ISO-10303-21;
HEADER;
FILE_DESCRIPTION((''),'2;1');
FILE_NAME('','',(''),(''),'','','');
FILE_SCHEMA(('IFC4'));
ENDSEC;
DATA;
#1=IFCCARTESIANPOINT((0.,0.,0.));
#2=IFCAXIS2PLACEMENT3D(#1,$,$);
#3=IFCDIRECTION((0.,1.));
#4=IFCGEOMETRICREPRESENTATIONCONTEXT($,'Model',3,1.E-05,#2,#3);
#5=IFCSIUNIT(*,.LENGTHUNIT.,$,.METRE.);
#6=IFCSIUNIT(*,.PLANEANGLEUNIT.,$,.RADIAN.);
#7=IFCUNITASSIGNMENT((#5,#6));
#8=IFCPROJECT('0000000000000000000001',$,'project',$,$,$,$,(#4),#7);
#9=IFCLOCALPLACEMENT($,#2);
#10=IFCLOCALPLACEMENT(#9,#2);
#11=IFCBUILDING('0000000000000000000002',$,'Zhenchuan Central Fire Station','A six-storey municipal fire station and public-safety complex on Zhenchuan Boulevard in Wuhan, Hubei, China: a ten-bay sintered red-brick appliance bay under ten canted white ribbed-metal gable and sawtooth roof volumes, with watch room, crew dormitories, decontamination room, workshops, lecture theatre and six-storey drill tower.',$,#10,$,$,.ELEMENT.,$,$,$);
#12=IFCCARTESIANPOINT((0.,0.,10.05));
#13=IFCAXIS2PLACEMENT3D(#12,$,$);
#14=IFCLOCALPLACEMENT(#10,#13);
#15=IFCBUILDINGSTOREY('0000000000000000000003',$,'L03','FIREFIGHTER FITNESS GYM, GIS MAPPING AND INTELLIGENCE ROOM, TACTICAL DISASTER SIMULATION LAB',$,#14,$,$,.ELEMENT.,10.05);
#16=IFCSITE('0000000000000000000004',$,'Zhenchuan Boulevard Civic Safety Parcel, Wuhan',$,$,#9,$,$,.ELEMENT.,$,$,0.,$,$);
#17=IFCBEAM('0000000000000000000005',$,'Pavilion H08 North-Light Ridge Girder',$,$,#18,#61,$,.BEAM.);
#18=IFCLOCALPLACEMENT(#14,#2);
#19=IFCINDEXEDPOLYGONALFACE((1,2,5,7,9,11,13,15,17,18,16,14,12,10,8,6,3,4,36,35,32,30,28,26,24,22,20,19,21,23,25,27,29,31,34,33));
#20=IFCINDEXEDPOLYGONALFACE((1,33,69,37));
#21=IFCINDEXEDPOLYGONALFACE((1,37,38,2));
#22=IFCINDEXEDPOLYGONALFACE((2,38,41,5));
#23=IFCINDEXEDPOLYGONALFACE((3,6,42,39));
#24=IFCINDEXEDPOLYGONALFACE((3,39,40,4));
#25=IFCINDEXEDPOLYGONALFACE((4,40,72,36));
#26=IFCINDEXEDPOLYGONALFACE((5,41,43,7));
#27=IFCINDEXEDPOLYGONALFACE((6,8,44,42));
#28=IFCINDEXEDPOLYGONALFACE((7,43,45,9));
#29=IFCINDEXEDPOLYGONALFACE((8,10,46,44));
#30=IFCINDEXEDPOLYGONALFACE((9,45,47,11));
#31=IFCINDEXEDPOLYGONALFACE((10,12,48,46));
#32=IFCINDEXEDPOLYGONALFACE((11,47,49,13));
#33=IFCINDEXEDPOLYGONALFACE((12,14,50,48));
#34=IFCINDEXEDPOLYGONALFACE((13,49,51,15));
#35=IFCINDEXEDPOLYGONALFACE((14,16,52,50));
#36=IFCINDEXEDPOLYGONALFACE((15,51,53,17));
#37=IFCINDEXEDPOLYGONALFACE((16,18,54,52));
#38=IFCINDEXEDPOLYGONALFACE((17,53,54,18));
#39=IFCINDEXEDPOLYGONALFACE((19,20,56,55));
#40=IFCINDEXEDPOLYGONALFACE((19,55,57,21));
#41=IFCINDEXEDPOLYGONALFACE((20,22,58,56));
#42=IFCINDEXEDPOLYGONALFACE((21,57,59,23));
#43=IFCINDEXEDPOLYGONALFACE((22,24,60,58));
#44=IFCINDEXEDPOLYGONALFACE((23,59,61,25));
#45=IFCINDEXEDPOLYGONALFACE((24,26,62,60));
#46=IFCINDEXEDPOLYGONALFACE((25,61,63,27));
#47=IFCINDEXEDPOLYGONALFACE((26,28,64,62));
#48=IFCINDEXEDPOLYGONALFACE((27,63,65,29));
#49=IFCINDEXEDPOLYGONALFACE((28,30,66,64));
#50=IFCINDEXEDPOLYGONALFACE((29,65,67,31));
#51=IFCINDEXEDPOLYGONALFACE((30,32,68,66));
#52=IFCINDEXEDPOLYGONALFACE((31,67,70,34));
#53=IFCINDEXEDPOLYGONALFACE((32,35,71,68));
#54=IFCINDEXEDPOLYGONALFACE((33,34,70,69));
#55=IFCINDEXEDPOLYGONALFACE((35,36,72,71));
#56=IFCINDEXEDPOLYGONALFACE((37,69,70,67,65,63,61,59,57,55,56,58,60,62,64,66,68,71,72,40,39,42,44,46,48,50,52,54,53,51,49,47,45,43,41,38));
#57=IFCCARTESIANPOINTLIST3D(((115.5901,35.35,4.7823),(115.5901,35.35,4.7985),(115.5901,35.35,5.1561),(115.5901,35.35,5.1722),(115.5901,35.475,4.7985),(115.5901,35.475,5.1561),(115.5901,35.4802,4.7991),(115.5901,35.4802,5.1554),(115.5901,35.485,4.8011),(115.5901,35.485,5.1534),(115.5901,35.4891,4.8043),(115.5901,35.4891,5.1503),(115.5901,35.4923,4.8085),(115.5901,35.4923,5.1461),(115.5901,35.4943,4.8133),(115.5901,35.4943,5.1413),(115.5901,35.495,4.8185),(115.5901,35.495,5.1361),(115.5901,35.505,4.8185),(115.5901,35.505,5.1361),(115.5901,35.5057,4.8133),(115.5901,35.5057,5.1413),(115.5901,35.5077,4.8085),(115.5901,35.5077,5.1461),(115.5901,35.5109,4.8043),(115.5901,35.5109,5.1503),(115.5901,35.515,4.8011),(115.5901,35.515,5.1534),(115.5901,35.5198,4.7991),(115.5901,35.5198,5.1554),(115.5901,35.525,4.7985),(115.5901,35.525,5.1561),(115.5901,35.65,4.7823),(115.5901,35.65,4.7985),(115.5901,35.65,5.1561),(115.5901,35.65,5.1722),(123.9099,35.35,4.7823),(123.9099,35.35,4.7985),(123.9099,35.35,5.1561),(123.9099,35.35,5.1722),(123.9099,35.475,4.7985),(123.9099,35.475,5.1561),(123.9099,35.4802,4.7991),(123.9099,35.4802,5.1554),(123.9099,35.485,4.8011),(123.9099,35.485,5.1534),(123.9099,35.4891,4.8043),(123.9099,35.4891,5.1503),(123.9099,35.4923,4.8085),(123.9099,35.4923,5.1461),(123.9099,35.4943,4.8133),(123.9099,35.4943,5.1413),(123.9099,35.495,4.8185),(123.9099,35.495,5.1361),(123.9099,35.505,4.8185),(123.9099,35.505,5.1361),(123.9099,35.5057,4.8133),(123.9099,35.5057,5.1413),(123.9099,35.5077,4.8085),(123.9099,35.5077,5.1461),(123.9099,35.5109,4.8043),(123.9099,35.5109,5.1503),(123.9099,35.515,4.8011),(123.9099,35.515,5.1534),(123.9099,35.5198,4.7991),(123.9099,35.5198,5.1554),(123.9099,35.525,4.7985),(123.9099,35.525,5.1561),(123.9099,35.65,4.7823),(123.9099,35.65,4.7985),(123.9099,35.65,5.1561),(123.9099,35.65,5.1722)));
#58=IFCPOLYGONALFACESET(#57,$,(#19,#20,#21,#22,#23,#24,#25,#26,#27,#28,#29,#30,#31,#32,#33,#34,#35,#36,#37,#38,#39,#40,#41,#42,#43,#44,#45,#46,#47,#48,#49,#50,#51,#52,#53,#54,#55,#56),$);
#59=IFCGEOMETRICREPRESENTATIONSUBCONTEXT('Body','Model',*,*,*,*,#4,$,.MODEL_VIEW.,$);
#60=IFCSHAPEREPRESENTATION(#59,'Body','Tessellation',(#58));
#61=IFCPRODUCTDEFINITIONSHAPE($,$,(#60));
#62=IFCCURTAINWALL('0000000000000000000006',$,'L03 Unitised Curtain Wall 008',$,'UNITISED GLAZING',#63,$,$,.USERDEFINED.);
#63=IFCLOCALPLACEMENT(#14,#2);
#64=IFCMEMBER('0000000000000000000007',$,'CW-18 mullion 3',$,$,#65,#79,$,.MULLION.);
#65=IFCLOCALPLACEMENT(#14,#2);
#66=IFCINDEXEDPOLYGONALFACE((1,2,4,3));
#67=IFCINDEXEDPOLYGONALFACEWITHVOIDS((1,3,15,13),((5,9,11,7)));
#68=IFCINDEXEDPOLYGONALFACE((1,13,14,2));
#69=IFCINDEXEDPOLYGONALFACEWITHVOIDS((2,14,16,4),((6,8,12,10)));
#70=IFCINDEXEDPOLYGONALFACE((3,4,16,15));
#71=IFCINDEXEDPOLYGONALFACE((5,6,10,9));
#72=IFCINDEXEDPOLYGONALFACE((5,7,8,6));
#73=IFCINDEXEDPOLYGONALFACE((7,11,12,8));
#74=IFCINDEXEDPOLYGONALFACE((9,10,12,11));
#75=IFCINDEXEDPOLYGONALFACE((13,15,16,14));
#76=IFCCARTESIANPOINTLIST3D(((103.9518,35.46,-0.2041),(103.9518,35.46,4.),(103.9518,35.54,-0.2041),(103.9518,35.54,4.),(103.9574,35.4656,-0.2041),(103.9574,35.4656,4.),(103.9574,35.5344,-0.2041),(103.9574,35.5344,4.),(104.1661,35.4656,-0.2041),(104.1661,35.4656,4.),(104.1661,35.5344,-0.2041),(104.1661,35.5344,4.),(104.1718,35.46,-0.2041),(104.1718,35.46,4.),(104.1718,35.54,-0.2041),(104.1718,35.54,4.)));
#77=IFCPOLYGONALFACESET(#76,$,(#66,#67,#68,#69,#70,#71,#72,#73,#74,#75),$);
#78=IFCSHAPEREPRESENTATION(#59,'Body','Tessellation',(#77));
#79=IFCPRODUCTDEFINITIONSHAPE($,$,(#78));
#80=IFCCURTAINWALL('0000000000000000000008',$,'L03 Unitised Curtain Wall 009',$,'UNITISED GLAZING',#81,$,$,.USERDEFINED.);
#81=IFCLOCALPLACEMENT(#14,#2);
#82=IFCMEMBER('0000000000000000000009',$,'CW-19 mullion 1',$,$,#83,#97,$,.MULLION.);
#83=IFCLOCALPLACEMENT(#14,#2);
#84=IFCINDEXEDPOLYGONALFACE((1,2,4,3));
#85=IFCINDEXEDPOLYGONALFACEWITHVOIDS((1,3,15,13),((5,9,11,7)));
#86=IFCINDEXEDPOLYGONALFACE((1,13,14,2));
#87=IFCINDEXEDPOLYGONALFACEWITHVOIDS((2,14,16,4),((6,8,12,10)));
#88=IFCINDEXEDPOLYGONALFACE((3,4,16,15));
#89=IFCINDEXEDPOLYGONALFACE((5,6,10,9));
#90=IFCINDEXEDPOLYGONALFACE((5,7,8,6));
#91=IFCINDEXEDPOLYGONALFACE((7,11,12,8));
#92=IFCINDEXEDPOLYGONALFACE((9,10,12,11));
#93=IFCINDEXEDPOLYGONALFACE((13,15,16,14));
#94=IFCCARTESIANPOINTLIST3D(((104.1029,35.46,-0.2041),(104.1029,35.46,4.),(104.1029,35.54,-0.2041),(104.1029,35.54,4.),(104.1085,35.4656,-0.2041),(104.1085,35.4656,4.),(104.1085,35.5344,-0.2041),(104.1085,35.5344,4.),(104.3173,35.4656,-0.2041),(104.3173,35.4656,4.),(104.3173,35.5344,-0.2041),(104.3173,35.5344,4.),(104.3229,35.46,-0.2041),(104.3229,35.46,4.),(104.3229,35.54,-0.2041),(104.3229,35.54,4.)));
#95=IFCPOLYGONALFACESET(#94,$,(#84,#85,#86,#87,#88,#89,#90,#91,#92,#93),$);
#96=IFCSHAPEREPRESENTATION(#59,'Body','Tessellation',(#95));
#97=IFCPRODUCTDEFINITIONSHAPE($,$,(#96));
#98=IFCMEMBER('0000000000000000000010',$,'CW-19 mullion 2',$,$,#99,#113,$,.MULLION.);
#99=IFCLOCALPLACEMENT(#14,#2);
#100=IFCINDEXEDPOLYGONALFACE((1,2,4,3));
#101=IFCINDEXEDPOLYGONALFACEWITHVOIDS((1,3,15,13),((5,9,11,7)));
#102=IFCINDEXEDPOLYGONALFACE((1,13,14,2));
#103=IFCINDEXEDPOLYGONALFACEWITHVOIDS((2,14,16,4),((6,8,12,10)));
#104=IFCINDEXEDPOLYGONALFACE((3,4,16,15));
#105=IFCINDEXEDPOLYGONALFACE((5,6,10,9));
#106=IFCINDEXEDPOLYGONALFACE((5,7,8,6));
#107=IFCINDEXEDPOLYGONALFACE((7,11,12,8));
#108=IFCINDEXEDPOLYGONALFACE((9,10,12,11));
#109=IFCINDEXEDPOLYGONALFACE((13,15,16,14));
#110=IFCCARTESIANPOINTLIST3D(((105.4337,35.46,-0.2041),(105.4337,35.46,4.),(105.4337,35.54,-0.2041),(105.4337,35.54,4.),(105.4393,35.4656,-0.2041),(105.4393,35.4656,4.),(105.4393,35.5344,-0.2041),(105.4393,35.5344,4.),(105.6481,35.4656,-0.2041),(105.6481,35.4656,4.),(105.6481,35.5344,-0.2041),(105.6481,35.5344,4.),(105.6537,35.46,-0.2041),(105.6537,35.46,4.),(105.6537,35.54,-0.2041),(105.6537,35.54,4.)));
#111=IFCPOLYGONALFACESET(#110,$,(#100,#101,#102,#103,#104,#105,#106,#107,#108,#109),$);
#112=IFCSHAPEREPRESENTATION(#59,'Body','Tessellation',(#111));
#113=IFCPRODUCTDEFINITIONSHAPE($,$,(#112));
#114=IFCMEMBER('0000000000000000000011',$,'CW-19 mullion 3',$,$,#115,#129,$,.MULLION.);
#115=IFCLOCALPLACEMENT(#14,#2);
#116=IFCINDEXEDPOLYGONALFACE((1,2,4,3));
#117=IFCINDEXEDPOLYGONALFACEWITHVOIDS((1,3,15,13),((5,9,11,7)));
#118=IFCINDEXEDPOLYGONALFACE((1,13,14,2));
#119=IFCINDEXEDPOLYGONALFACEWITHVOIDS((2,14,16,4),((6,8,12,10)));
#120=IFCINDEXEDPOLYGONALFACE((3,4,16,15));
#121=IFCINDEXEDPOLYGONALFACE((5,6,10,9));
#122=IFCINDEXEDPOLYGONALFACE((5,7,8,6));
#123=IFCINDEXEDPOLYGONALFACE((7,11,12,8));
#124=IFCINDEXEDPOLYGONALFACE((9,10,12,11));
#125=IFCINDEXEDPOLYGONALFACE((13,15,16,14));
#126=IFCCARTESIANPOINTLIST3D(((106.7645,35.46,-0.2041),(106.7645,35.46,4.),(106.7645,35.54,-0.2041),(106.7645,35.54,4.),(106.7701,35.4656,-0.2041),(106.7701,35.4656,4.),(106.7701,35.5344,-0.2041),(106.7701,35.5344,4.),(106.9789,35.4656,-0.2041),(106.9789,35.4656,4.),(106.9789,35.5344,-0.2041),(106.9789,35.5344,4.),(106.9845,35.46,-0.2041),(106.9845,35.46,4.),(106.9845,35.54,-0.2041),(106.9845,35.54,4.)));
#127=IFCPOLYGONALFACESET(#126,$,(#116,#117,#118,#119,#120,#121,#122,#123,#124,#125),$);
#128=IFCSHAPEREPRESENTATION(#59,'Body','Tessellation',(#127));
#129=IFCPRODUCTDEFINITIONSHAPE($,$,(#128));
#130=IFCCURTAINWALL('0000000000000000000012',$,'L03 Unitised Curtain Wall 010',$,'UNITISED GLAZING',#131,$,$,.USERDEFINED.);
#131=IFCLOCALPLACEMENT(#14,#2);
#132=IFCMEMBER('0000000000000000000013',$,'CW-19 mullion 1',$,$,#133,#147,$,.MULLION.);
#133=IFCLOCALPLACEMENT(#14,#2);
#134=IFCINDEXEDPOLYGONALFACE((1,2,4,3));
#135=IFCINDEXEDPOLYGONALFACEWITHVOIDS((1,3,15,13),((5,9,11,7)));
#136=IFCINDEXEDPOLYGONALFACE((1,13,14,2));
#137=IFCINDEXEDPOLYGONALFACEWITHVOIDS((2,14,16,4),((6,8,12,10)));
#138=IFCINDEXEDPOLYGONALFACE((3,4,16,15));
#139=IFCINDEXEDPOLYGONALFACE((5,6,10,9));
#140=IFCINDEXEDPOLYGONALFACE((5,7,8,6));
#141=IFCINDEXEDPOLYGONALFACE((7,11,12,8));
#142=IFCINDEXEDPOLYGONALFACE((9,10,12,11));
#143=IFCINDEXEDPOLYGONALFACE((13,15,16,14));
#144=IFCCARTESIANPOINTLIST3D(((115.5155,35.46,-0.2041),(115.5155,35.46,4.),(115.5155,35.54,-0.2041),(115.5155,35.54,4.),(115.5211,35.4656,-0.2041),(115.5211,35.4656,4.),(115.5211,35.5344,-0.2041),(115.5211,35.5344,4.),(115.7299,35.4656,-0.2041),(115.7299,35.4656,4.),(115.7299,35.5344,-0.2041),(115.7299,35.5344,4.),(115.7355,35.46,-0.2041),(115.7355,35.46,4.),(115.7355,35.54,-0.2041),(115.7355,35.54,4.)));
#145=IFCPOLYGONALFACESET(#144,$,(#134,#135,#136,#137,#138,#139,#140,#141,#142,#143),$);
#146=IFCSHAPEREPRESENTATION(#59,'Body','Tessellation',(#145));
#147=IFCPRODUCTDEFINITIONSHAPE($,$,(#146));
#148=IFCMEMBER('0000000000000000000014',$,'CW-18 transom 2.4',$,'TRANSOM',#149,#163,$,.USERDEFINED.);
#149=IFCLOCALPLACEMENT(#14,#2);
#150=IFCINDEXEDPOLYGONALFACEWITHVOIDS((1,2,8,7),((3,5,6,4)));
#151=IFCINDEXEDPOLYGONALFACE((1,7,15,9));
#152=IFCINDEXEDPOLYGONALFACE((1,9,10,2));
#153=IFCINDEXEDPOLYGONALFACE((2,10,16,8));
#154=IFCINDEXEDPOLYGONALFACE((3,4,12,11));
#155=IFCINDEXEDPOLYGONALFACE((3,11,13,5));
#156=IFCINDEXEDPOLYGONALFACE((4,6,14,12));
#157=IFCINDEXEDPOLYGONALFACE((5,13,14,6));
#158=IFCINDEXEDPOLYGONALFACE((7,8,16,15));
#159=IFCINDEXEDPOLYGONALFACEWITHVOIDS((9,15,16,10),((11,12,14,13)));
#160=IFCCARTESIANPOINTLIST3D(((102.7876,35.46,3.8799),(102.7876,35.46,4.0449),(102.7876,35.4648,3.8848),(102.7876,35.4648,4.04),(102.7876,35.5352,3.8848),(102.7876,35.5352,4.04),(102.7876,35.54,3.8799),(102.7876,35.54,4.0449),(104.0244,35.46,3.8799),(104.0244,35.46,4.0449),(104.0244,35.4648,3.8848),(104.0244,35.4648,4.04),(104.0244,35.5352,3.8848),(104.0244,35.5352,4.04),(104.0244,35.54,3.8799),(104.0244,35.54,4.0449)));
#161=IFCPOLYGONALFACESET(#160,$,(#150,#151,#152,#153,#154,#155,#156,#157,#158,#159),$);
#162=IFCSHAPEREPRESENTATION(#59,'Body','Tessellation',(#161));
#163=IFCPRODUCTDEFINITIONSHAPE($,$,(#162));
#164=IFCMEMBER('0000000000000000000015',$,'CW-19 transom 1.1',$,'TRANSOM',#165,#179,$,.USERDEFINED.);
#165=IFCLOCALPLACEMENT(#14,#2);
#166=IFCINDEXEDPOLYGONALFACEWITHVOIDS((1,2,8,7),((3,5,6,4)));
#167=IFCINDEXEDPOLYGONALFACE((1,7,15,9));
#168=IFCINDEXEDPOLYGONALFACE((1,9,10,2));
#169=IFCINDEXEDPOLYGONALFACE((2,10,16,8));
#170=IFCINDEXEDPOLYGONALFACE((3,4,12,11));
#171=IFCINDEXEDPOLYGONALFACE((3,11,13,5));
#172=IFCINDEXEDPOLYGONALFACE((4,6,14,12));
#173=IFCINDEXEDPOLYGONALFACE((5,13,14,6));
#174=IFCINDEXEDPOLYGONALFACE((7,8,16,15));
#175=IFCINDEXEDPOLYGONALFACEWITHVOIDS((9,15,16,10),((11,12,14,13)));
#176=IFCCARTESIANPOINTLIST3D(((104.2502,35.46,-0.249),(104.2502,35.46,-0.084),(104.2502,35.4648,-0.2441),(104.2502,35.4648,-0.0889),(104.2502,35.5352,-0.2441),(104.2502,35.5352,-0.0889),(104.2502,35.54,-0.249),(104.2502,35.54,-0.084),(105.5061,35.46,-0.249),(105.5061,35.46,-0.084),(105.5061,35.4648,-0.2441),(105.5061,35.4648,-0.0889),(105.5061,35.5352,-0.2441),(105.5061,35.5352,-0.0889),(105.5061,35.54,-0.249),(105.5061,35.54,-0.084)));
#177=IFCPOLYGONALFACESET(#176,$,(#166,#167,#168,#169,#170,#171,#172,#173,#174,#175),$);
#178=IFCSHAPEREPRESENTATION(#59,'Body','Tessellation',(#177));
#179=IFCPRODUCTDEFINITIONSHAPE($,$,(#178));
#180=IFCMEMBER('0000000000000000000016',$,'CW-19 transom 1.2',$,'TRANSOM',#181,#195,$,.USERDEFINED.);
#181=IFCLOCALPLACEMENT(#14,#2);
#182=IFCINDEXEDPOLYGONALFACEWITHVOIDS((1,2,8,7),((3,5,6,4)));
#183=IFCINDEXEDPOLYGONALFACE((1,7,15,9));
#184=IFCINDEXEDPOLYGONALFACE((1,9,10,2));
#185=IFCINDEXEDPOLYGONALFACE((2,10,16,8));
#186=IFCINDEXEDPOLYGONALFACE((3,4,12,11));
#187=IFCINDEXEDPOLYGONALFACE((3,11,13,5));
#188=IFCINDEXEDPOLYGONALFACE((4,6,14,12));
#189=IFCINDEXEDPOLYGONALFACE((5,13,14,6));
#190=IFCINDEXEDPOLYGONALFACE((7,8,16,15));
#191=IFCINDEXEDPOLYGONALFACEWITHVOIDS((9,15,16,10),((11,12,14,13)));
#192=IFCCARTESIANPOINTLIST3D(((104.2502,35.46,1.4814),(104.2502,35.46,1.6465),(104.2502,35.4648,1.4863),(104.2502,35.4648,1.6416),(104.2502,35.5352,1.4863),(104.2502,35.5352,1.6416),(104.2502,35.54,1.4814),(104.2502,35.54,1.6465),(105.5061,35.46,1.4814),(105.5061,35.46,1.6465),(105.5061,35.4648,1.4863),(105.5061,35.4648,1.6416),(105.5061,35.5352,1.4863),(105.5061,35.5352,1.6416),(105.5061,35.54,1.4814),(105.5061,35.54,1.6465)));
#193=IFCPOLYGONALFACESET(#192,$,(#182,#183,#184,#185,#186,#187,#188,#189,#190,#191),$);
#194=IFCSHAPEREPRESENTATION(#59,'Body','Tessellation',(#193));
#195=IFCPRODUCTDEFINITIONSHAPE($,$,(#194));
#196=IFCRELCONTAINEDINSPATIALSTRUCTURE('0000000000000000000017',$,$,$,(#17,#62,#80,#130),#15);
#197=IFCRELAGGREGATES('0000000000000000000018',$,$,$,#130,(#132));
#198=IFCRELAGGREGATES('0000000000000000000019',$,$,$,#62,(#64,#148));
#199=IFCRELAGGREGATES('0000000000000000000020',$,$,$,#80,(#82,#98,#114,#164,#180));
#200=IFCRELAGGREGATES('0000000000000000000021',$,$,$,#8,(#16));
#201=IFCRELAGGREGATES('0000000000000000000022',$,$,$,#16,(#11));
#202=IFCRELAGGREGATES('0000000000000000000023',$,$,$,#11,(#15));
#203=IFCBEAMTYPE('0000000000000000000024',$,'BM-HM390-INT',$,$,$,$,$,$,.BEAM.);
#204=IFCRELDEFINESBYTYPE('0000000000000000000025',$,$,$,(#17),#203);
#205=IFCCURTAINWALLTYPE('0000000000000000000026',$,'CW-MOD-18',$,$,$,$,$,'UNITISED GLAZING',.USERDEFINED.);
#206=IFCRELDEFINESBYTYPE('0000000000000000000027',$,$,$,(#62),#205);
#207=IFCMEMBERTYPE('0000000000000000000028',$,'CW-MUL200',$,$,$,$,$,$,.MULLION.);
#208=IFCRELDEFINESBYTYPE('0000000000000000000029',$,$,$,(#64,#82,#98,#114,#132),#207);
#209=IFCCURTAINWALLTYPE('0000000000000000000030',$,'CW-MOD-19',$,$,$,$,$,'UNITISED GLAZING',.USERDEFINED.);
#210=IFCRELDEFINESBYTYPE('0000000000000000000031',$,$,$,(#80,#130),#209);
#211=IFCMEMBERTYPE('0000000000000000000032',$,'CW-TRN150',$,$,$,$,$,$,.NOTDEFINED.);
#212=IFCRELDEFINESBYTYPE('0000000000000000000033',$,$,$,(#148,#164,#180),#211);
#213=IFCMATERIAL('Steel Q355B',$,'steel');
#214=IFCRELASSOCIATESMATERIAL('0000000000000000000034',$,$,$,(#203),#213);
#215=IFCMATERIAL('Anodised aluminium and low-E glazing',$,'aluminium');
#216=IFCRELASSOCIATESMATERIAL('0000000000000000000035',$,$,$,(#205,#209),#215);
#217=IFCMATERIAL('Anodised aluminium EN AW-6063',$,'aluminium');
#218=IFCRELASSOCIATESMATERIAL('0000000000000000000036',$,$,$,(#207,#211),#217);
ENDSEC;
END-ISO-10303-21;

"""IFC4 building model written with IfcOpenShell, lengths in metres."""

from ifc_helpers import new_model, si_unit, direction, frame, origin, origin_2d, place, context, subcontext, project, spatial, hollow_rectangle, i_section, extrude, material, material_profile, profile_set, type_object, element, aggregate, save


model = new_model("IFC4")

# Units and contexts
model_context = context("Model", 3, precision=1e-05, world=origin(), true_north=direction((0.0, 1.0)))
body_context = subcontext(model_context, "Body", "Model", "MODEL_VIEW")
ifc_project = project(units=[si_unit("LENGTHUNIT", "METRE"), si_unit("PLANEANGLEUNIT", "RADIAN")], contexts=[model_context])

# Site, building, storey
site_placement = place(None, origin())
site = spatial("IfcSite", under=ifc_project, at=site_placement, Name="Zhenchuan Boulevard Civic Safety Parcel, Wuhan", CompositionType="ELEMENT", RefElevation=0.0)
building_placement = place(site_placement, origin())
building = spatial("IfcBuilding", under=site, at=building_placement, Name="Zhenchuan Central Fire Station", Description="A six-storey municipal fire station and public-safety complex on Zhenchuan Boulevard in Wuhan, Hubei, China: a ten-bay sintered red-brick appliance bay under ten canted white ribbed-metal gable and sawtooth roof volumes, with watch room, crew dormitories, decontamination room, workshops, lecture theatre and six-storey drill tower.", CompositionType="ELEMENT")
storey_placement = place(building_placement, frame((0.0, 0.0, 10.05)))
storey = spatial("IfcBuildingStorey", under=building, at=storey_placement, Name="L03", Description="FIREFIGHTER FITNESS GYM, GIS MAPPING AND INTELLIGENCE ROOM, TACTICAL DISASTER SIMULATION LAB", CompositionType="ELEMENT", Elevation=10.05)

# Beam
ifc_material_1 = material(Name="Steel Q355B", Category="steel")
ifc_material_profile_1 = material_profile(ifc_material_1, i_section(OverallWidth=0.3, OverallDepth=0.3899, WebThickness=0.01, FlangeThickness=0.0161, FilletRadius=0.02, at=origin_2d()), Name="HM 390x300")
ifc_profile_set_1 = profile_set([ifc_material_profile_1], Name="Steel Q355B")
beam_type = type_object("IfcBeamType", Name="BM-HM390-INT", PredefinedType="BEAM", material=ifc_profile_set_1)
beam_placement = place(storey_placement, frame((115.5901, 35.5, 4.9773), z_axis=(1.0, 0.0, 0.0), x_axis=(0.0, 1.0, 0.0)))
element("IfcBeam", 1, at=beam_placement, inside=storey, type_object=beam_type, Name="Pavilion H08 North-Light Ridge Girder", PredefinedType="BEAM", context=body_context, shape_type="SweptSolid", body=[
    extrude(i_section(OverallWidth=0.3, OverallDepth=0.3899, WebThickness=0.01, FlangeThickness=0.0161, FilletRadius=0.02, at=origin_2d()), origin(), (0.0, 0.0, 1.0), 8.3198),
])

# Curtain wall, member
ifc_material_2 = material(Name="Anodised aluminium and low-E glazing", Category="aluminium")
curtain_wall_type_1 = type_object("IfcCurtainWallType", Name="CW-MOD-18", ElementType="UNITISED GLAZING", PredefinedType="USERDEFINED", material=ifc_material_2)
curtain_wall_1_placement = place(storey_placement, origin())
curtain_wall_1 = element("IfcCurtainWall", 2, at=curtain_wall_1_placement, inside=storey, type_object=curtain_wall_type_1, Name="L03 Unitised Curtain Wall 008", ObjectType="UNITISED GLAZING", PredefinedType="USERDEFINED")
ifc_material_3 = material(Name="Anodised aluminium EN AW-6063", Category="aluminium")
ifc_material_profile_2 = material_profile(ifc_material_3, hollow_rectangle(XDim=0.0801, YDim=0.22, WallThickness=0.0056, at=origin_2d()), Name="ALU-M 220x80")
ifc_profile_set_2 = profile_set([ifc_material_profile_2], Name="Anodised aluminium EN AW-6063")
member_type_1 = type_object("IfcMemberType", Name="CW-MUL200", PredefinedType="MULLION", material=ifc_profile_set_2)
member_1_placement = place(storey_placement, frame((104.0618, 35.5, -0.2041), z_axis=(0.0, 0.0, 1.0), x_axis=(0.0, 1.0, 0.0)))
member_1 = element("IfcMember", 3, at=member_1_placement, type_object=member_type_1, Name="CW-18 mullion 3", PredefinedType="MULLION", context=body_context, shape_type="SweptSolid", body=[
    extrude(hollow_rectangle(XDim=0.0801, YDim=0.22, WallThickness=0.0056, at=origin_2d()), origin(), (0.0, 0.0, 1.0), 4.2041),
])

# Curtain wall, members
curtain_wall_type_2 = type_object("IfcCurtainWallType", Name="CW-MOD-19", ElementType="UNITISED GLAZING", PredefinedType="USERDEFINED", material=ifc_material_2)
curtain_wall_2_placement = place(storey_placement, origin())
curtain_wall_2 = element("IfcCurtainWall", 4, at=curtain_wall_2_placement, inside=storey, type_object=curtain_wall_type_2, Name="L03 Unitised Curtain Wall 009", ObjectType="UNITISED GLAZING", PredefinedType="USERDEFINED")
member_2_placement = place(storey_placement, frame((104.2129, 35.5, -0.2041), z_axis=(0.0, 0.0, 1.0), x_axis=(0.0, 1.0, 0.0)))
member_2 = element("IfcMember", 5, at=member_2_placement, type_object=member_type_1, Name="CW-19 mullion 1", PredefinedType="MULLION", context=body_context, shape_type="SweptSolid", body=[
    extrude(hollow_rectangle(XDim=0.0801, YDim=0.22, WallThickness=0.0056, at=origin_2d()), origin(), (0.0, 0.0, 1.0), 4.2041),
])
member_3_placement = place(storey_placement, frame((105.5437, 35.5, -0.2041), z_axis=(0.0, 0.0, 1.0), x_axis=(0.0, 1.0, 0.0)))
member_3 = element("IfcMember", 6, at=member_3_placement, type_object=member_type_1, Name="CW-19 mullion 2", PredefinedType="MULLION", context=body_context, shape_type="SweptSolid", body=[
    extrude(hollow_rectangle(XDim=0.0801, YDim=0.22, WallThickness=0.0056, at=origin_2d()), origin(), (0.0, 0.0, 1.0), 4.2041),
])
member_4_placement = place(storey_placement, frame((106.8745, 35.5, -0.2041), z_axis=(0.0, 0.0, 1.0), x_axis=(0.0, 1.0, 0.0)))
member_4 = element("IfcMember", 7, at=member_4_placement, type_object=member_type_1, Name="CW-19 mullion 3", PredefinedType="MULLION", context=body_context, shape_type="SweptSolid", body=[
    extrude(hollow_rectangle(XDim=0.0801, YDim=0.22, WallThickness=0.0056, at=origin_2d()), origin(), (0.0, 0.0, 1.0), 4.2041),
])

# Curtain wall, member
curtain_wall_3_placement = place(storey_placement, origin())
curtain_wall_3 = element("IfcCurtainWall", 8, at=curtain_wall_3_placement, inside=storey, type_object=curtain_wall_type_2, Name="L03 Unitised Curtain Wall 010", ObjectType="UNITISED GLAZING", PredefinedType="USERDEFINED")
member_5_placement = place(storey_placement, frame((115.6255, 35.5, -0.2041), z_axis=(0.0, 0.0, 1.0), x_axis=(0.0, 1.0, 0.0)))
member_5 = element("IfcMember", 9, at=member_5_placement, type_object=member_type_1, Name="CW-19 mullion 1", PredefinedType="MULLION", context=body_context, shape_type="SweptSolid", body=[
    extrude(hollow_rectangle(XDim=0.0801, YDim=0.22, WallThickness=0.0056, at=origin_2d()), origin(), (0.0, 0.0, 1.0), 4.2041),
])

# Members
ifc_material_profile_3 = material_profile(ifc_material_3, hollow_rectangle(XDim=0.0801, YDim=0.165, WallThickness=0.0049, at=origin_2d()), Name="ALU-T 165x80")
ifc_profile_set_3 = profile_set([ifc_material_profile_3], Name="Anodised aluminium EN AW-6063")
member_type_2 = type_object("IfcMemberType", Name="CW-TRN150", PredefinedType="NOTDEFINED", material=ifc_profile_set_3)
member_6_placement = place(storey_placement, frame((102.7876, 35.5, 3.9624), z_axis=(1.0, 0.0, 0.0), x_axis=(0.0, 1.0, 0.0)))
member_6 = element("IfcMember", 10, at=member_6_placement, type_object=member_type_2, Name="CW-18 transom 2.4", ObjectType="TRANSOM", PredefinedType="USERDEFINED", context=body_context, shape_type="SweptSolid", body=[
    extrude(hollow_rectangle(XDim=0.0801, YDim=0.165, WallThickness=0.0049, at=origin_2d()), origin(), (0.0, 0.0, 1.0), 1.2368),
])
member_7_placement = place(storey_placement, frame((104.2502, 35.5, -0.1665), z_axis=(1.0, 0.0, 0.0), x_axis=(0.0, 1.0, 0.0)))
member_7 = element("IfcMember", 11, at=member_7_placement, type_object=member_type_2, Name="CW-19 transom 1.1", ObjectType="TRANSOM", PredefinedType="USERDEFINED", context=body_context, shape_type="SweptSolid", body=[
    extrude(hollow_rectangle(XDim=0.0801, YDim=0.165, WallThickness=0.0049, at=origin_2d()), origin(), (0.0, 0.0, 1.0), 1.2559),
])
member_8_placement = place(storey_placement, frame((104.2502, 35.5, 1.564), z_axis=(1.0, 0.0, 0.0), x_axis=(0.0, 1.0, 0.0)))
member_8 = element("IfcMember", 12, at=member_8_placement, type_object=member_type_2, Name="CW-19 transom 1.2", ObjectType="TRANSOM", PredefinedType="USERDEFINED", context=body_context, shape_type="SweptSolid", body=[
    extrude(hollow_rectangle(XDim=0.0801, YDim=0.165, WallThickness=0.0049, at=origin_2d()), origin(), (0.0, 0.0, 1.0), 1.2559),
])
aggregate(curtain_wall_3, [member_5])

aggregate(curtain_wall_1, [member_1, member_6])
aggregate(curtain_wall_2, [member_2, member_3, member_4, member_7, member_8])

save(model, "model.ifc")
